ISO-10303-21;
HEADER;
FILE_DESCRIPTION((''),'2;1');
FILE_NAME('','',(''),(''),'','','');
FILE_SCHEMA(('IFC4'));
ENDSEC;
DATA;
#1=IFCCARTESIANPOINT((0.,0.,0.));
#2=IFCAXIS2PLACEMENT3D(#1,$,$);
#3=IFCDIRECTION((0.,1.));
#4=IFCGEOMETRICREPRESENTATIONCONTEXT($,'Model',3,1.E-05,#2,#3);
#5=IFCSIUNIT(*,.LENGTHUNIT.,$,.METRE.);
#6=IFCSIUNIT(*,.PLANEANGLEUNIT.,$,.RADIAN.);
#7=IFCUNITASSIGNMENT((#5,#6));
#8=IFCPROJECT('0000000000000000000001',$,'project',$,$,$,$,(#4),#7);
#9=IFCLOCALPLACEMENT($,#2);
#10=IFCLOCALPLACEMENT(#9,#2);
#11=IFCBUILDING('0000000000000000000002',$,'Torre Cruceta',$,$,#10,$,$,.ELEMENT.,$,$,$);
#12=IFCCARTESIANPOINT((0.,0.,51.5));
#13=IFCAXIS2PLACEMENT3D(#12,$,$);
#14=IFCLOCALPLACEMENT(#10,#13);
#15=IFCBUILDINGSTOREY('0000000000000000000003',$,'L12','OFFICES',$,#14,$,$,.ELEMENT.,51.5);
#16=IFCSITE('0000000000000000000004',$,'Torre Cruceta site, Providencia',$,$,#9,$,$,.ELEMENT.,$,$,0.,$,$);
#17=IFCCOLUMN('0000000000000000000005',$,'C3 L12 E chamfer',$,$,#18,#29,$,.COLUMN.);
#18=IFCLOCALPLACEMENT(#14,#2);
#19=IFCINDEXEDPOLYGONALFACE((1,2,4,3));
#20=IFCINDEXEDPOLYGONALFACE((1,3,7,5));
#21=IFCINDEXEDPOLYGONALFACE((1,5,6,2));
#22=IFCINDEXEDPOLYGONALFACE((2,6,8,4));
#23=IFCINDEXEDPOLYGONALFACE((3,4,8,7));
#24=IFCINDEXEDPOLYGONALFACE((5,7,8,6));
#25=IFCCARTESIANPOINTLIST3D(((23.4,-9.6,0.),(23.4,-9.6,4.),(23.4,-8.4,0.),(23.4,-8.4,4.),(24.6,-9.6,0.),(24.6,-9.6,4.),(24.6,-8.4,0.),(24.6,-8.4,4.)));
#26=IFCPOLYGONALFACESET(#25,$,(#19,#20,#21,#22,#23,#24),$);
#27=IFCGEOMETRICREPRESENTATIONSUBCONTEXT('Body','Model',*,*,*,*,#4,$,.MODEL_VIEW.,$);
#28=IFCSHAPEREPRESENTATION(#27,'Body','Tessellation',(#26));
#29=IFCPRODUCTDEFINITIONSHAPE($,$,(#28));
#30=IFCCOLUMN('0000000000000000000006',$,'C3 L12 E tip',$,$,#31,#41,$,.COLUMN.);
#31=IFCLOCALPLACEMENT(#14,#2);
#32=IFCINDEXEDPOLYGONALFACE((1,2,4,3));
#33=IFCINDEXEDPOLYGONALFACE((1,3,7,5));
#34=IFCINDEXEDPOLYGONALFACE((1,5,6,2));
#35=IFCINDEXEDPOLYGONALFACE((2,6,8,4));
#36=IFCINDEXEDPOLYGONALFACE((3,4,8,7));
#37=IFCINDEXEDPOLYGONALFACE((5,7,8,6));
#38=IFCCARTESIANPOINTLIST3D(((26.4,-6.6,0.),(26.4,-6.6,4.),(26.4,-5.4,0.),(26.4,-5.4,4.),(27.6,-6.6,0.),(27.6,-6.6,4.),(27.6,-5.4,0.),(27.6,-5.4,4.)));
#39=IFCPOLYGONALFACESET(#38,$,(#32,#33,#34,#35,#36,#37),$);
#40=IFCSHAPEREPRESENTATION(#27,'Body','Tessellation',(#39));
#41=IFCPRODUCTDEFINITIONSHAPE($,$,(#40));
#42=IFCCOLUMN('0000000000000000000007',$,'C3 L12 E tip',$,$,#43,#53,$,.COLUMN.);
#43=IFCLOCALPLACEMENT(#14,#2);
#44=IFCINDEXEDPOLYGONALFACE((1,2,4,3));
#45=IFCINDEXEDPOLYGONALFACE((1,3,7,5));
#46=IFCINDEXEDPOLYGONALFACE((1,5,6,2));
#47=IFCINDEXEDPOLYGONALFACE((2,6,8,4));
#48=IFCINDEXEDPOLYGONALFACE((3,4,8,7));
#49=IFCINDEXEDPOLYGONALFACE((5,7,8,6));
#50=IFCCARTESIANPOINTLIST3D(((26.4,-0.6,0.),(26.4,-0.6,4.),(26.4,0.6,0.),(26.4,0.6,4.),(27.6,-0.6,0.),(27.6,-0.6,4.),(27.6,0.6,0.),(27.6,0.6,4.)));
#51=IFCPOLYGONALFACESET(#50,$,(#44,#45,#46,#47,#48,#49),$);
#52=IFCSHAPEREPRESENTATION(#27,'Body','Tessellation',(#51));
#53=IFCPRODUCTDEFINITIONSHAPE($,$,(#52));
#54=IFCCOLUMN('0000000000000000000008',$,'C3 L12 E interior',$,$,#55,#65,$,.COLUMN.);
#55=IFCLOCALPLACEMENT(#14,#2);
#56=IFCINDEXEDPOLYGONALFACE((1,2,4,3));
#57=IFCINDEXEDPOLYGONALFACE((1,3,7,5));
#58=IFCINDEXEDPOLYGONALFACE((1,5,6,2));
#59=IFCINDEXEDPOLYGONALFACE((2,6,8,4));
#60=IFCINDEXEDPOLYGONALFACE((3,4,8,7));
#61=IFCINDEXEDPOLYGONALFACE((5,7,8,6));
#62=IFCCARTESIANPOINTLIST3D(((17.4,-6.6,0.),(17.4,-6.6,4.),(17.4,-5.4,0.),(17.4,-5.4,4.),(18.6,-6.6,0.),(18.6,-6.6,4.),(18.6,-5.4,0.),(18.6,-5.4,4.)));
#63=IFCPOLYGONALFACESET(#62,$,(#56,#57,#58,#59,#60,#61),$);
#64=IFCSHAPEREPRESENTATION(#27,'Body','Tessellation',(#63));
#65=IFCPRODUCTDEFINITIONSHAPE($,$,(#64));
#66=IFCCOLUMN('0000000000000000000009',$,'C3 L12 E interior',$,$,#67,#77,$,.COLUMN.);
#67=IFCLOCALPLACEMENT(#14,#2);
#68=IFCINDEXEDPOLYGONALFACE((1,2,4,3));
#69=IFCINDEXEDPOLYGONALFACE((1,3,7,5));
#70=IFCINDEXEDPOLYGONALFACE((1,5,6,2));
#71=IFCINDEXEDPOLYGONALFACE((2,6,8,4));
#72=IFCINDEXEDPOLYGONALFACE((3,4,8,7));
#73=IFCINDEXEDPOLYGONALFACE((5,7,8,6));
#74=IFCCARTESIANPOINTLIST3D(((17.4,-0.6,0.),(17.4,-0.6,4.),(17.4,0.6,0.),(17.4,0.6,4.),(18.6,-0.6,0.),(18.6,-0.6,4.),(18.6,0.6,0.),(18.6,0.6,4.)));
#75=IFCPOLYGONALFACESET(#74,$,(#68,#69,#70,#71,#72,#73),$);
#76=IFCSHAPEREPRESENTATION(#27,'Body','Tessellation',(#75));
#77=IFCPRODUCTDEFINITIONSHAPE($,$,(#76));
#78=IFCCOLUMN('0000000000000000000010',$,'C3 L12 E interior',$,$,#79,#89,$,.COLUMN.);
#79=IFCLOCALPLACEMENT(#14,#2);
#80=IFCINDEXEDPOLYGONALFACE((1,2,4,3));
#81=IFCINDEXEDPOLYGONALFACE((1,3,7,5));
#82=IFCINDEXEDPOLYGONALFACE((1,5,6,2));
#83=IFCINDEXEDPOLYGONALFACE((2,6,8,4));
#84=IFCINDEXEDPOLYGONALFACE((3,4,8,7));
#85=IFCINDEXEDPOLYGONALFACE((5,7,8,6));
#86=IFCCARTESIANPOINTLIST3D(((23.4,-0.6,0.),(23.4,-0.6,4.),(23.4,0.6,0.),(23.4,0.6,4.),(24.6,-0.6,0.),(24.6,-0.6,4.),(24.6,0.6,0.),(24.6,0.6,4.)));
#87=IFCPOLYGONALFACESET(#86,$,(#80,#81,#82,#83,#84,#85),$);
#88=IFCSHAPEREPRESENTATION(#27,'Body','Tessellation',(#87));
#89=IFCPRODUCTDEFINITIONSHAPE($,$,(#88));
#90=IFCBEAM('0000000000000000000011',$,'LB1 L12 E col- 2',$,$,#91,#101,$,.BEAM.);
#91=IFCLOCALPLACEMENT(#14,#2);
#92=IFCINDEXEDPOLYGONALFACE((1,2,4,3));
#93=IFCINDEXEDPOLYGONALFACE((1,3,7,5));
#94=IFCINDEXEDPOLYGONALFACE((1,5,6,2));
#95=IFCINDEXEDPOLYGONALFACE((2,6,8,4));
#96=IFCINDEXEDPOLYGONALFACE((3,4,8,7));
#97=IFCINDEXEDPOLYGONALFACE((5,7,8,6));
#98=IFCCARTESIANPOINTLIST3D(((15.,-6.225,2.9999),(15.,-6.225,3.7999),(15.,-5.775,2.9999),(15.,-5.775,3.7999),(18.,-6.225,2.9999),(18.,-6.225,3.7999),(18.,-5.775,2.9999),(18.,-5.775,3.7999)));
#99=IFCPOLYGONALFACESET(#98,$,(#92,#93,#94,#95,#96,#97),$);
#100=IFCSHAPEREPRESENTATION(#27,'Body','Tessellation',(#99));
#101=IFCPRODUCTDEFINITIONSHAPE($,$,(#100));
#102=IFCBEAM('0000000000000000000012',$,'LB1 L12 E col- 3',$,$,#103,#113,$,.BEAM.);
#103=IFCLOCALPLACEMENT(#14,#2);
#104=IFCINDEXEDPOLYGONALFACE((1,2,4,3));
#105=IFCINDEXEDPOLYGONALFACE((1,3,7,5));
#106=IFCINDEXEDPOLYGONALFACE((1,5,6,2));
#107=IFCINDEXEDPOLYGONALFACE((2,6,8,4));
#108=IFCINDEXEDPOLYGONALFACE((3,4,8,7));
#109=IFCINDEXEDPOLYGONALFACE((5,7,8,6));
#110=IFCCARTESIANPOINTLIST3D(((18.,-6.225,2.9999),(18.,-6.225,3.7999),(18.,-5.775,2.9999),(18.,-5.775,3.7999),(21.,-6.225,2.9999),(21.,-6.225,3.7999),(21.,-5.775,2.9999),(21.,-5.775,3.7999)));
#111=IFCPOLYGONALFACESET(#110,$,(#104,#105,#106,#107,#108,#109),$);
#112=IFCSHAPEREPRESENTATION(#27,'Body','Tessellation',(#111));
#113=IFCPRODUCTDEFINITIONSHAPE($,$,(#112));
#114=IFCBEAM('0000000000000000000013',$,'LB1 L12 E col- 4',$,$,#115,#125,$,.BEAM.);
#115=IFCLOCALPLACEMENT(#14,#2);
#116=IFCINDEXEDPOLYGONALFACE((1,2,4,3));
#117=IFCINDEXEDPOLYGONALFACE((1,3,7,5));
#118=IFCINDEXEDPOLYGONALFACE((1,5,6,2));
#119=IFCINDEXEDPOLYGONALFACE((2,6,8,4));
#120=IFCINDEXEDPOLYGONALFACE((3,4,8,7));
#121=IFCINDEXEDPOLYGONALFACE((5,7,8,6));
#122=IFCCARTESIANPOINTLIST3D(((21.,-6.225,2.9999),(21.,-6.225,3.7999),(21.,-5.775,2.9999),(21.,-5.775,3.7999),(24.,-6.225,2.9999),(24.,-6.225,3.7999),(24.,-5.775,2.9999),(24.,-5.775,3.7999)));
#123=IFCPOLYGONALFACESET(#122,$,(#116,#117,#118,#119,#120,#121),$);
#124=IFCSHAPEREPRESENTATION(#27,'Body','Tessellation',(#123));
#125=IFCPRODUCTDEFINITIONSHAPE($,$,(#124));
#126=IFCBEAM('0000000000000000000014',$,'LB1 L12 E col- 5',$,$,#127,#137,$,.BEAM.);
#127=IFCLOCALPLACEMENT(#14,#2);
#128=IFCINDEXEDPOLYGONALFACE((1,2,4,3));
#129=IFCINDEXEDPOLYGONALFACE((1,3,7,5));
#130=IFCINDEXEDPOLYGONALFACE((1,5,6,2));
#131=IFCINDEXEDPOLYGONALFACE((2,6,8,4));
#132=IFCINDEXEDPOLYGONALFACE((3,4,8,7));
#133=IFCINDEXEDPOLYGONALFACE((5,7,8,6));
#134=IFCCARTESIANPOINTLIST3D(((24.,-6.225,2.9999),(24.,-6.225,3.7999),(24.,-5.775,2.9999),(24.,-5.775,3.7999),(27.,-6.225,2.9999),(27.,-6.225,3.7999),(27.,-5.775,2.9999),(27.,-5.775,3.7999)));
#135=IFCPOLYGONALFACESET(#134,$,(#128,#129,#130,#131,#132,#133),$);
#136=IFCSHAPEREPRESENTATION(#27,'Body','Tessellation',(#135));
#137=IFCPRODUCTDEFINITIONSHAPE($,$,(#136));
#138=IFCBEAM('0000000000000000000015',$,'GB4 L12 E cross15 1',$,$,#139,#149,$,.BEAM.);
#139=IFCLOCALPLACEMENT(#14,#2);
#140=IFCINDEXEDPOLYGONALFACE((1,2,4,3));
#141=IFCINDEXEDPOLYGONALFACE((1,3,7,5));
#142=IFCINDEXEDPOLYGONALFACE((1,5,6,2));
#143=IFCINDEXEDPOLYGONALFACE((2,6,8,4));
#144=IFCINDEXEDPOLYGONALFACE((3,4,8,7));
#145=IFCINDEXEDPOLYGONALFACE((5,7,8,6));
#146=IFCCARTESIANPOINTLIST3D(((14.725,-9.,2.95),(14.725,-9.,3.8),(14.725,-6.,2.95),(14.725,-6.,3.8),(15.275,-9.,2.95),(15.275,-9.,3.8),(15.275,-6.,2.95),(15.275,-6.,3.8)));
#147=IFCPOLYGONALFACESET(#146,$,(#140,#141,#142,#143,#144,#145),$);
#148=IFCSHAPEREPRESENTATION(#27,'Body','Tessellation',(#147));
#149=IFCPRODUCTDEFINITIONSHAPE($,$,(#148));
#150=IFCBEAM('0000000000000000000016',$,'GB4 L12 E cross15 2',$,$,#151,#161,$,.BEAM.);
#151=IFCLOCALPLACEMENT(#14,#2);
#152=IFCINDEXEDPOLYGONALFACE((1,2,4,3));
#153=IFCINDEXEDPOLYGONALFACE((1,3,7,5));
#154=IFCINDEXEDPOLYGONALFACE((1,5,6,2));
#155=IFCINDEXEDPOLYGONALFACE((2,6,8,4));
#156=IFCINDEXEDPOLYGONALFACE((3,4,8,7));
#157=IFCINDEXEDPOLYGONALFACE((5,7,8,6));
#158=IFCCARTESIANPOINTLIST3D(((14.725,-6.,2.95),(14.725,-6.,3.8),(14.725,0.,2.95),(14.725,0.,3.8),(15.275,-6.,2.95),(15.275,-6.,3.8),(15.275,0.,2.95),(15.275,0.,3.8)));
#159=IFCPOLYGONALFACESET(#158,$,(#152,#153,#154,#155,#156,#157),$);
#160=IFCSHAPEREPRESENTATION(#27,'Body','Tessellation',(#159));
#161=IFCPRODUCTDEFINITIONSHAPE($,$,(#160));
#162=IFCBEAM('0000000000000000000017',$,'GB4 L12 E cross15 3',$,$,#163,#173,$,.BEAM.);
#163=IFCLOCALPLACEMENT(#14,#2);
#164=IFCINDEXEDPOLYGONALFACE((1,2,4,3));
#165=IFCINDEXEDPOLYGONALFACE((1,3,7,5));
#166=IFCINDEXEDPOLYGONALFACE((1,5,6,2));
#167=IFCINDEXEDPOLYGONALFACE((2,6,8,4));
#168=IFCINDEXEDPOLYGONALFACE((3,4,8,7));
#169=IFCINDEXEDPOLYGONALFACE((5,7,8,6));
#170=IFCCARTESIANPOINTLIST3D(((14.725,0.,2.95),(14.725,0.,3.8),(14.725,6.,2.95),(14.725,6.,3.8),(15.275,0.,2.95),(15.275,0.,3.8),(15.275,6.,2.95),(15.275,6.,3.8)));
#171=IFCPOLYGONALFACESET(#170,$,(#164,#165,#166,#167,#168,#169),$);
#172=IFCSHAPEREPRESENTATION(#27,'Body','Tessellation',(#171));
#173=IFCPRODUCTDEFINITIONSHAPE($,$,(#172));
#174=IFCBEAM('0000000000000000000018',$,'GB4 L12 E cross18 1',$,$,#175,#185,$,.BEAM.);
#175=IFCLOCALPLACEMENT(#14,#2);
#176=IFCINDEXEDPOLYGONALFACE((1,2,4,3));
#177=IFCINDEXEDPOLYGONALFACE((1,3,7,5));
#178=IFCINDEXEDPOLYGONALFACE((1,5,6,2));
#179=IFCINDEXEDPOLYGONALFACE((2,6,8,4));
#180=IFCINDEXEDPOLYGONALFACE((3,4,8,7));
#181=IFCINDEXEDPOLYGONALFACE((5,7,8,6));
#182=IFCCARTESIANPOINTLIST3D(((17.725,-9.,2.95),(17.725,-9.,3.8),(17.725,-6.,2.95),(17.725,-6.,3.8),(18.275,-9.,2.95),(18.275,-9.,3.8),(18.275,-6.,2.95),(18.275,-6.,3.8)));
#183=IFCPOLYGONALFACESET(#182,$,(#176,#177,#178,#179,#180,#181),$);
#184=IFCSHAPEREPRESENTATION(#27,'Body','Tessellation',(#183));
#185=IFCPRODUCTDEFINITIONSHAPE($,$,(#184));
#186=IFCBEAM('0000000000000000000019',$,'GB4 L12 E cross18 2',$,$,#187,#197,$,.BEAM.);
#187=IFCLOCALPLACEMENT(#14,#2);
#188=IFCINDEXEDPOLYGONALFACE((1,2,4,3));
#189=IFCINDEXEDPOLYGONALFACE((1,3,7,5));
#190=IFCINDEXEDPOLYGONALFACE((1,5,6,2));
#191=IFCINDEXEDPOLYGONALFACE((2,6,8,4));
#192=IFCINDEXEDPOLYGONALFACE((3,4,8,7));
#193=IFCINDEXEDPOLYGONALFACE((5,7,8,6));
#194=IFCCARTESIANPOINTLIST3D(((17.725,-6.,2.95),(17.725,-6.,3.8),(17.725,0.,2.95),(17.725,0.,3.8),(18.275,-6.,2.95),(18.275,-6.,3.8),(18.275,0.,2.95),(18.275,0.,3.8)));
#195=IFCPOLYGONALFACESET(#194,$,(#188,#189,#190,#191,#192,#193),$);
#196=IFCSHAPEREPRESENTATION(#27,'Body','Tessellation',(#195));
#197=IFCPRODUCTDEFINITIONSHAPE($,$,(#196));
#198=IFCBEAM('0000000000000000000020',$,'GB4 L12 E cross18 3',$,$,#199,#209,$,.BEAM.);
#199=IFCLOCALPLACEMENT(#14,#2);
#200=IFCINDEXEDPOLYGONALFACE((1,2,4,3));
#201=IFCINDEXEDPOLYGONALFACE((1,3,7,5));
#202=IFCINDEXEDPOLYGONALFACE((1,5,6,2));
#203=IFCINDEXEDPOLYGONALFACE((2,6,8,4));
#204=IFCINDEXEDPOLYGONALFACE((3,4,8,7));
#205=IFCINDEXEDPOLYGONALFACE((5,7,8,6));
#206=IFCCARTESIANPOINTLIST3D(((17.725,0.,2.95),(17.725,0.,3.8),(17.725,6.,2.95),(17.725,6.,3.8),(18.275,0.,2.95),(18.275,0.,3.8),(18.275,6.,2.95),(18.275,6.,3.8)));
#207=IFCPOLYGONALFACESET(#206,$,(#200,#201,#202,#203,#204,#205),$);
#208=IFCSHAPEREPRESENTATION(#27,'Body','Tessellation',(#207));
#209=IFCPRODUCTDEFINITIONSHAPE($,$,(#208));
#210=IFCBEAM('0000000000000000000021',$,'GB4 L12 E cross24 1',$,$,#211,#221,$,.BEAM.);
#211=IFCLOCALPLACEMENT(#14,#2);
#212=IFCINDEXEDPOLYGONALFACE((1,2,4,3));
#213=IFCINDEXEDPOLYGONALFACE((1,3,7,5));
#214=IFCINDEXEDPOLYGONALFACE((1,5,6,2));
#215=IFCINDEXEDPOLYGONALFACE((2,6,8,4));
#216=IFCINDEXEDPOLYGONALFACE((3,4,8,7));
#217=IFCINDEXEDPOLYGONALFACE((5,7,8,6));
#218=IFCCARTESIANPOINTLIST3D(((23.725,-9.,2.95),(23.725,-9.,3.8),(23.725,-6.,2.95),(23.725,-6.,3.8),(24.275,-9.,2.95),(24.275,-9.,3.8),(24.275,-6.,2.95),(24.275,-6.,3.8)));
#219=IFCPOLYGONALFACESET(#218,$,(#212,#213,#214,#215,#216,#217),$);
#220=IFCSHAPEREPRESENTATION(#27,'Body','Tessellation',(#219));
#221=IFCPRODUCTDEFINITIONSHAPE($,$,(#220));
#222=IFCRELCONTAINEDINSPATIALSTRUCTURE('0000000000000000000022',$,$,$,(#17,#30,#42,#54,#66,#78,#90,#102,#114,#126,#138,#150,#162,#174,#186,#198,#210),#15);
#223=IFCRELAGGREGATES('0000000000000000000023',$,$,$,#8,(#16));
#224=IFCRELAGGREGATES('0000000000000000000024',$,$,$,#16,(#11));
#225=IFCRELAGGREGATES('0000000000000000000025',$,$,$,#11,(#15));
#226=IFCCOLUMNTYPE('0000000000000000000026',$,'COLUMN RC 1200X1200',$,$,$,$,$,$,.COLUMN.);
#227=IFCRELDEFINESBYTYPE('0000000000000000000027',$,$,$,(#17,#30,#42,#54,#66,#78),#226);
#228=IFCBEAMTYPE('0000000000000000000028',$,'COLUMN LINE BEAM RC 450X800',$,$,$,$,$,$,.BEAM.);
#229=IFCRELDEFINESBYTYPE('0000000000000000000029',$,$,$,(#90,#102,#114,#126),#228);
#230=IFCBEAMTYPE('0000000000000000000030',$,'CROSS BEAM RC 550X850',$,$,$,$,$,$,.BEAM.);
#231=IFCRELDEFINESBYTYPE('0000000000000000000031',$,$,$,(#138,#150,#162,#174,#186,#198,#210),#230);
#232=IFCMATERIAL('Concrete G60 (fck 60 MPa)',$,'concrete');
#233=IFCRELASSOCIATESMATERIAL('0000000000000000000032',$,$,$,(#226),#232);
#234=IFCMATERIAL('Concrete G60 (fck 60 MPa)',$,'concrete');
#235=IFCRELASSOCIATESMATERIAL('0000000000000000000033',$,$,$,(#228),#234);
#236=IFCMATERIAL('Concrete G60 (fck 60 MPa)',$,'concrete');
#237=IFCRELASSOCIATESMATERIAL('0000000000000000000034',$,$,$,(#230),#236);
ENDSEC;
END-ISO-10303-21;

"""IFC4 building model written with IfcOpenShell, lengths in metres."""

from ifc_helpers import new_model, si_unit, direction, frame, origin, origin_2d, place, context, subcontext, project, spatial, rectangle, extrude, material, material_profile, profile_set, type_object, element, save


model = new_model("IFC4")

# Units and contexts
model_context = context("Model", 3, precision=1e-05, world=origin(), true_north=direction((0.0, 1.0)))
body_context = subcontext(model_context, "Body", "Model", "MODEL_VIEW")
ifc_project = project(units=[si_unit("LENGTHUNIT", "METRE"), si_unit("PLANEANGLEUNIT", "RADIAN")], contexts=[model_context])

# Site, building, storey
site_placement = place(None, origin())
site = spatial("IfcSite", under=ifc_project, at=site_placement, Name="Torre Cruceta site, Providencia", CompositionType="ELEMENT", RefElevation=0.0)
building_placement = place(site_placement, origin())
building = spatial("IfcBuilding", under=site, at=building_placement, Name="Torre Cruceta", CompositionType="ELEMENT")
storey_placement = place(building_placement, frame((0.0, 0.0, 51.5)))
storey = spatial("IfcBuildingStorey", under=building, at=storey_placement, Name="L12", Description="OFFICES", CompositionType="ELEMENT", Elevation=51.5)

# Columns
ifc_material_1 = material(Name="Concrete G60 (fck 60 MPa)", Category="concrete")
ifc_material_profile_1 = material_profile(ifc_material_1, rectangle(XDim=1.2, YDim=1.2, at=origin_2d()), Name="RC 1200X1200")
ifc_profile_set_1 = profile_set([ifc_material_profile_1], Name="Concrete G60 (fck 60 MPa)")
column_type = type_object("IfcColumnType", Name="COLUMN RC 1200X1200", PredefinedType="COLUMN", material=ifc_profile_set_1)
for number, where, z_axis, x_axis, name in (
    (1, (24.0, -9.0, 0.0), (0.0, 0.0, 1.0), (1.0, 0.0, 0.0), "C3 L12 E chamfer"),
    (2, (27.0, -6.0, 0.0), (0.0, 0.0, 1.0), (1.0, 0.0, 0.0), "C3 L12 E tip"),
    (3, (27.0, 0.0, 0.0), (0.0, 0.0, 1.0), (1.0, 0.0, 0.0), "C3 L12 E tip"),
    (4, (18.0, -6.0, 0.0), (0.0, 0.0, 1.0), (1.0, 0.0, 0.0), "C3 L12 E interior"),
    (5, (18.0, 0.0, 0.0), (0.0, 0.0, 1.0), (1.0, 0.0, 0.0), "C3 L12 E interior"),
    (6, (24.0, 0.0, 0.0), (0.0, 0.0, 1.0), (1.0, 0.0, 0.0), "C3 L12 E interior"),
):
    element("IfcColumn", number, at=place(storey_placement, frame(where, z_axis=z_axis, x_axis=x_axis)), inside=storey, type_object=column_type, Name=name, PredefinedType="COLUMN", context=body_context, shape_type="SweptSolid", body=[
        extrude(rectangle(XDim=1.2, YDim=1.2, at=origin_2d()), origin(), (0.0, 0.0, 1.0), 4.0),
    ])

# Beams
ifc_material_2 = material(Name="Concrete G60 (fck 60 MPa)", Category="concrete")
ifc_material_profile_2 = material_profile(ifc_material_2, rectangle(XDim=0.45, YDim=0.8, at=origin_2d()), Name="RC 450X800")
ifc_profile_set_2 = profile_set([ifc_material_profile_2], Name="Concrete G60 (fck 60 MPa)")
beam_type_1 = type_object("IfcBeamType", Name="COLUMN LINE BEAM RC 450X800", PredefinedType="BEAM", material=ifc_profile_set_2)
for number, where, z_axis, x_axis, name in (
    (7, (15.0, -6.0, 3.3999), (1.0, 0.0, 0.0), (0.0, 1.0, 0.0), "LB1 L12 E col- 2"),
    (8, (18.0, -6.0, 3.3999), (1.0, 0.0, 0.0), (0.0, 1.0, 0.0), "LB1 L12 E col- 3"),
    (9, (21.0, -6.0, 3.3999), (1.0, 0.0, 0.0), (0.0, 1.0, 0.0), "LB1 L12 E col- 4"),
    (10, (24.0, -6.0, 3.3999), (1.0, 0.0, 0.0), (0.0, 1.0, 0.0), "LB1 L12 E col- 5"),
):
    element("IfcBeam", number, at=place(storey_placement, frame(where, z_axis=z_axis, x_axis=x_axis)), inside=storey, type_object=beam_type_1, Name=name, PredefinedType="BEAM", context=body_context, shape_type="SweptSolid", body=[
        extrude(rectangle(XDim=0.45, YDim=0.8, at=origin_2d()), origin(), (0.0, 0.0, 1.0), 3.0),
    ])
ifc_material_3 = material(Name="Concrete G60 (fck 60 MPa)", Category="concrete")
ifc_material_profile_3 = material_profile(ifc_material_3, rectangle(XDim=0.55, YDim=0.8501, at=origin_2d()), Name="RC 550X850")
ifc_profile_set_3 = profile_set([ifc_material_profile_3], Name="Concrete G60 (fck 60 MPa)")
beam_type_2 = type_object("IfcBeamType", Name="CROSS BEAM RC 550X850", PredefinedType="BEAM", material=ifc_profile_set_3)
beam_1_placement = place(storey_placement, frame((15.0, -9.0, 3.375), z_axis=(0.0, 1.0, 0.0), x_axis=(-1.0, 0.0, 0.0)))
element("IfcBeam", 11, at=beam_1_placement, inside=storey, type_object=beam_type_2, Name="GB4 L12 E cross15 1", PredefinedType="BEAM", context=body_context, shape_type="SweptSolid", body=[
    extrude(rectangle(XDim=0.55, YDim=0.8501, at=origin_2d()), origin(), (0.0, 0.0, 1.0), 3.0),
])
for number, where, z_axis, x_axis, name in (
    (12, (15.0, -6.0, 3.375), (0.0, 1.0, 0.0), (-1.0, 0.0, 0.0), "GB4 L12 E cross15 2"),
    (13, (15.0, 0.0, 3.375), (0.0, 1.0, 0.0), (-1.0, 0.0, 0.0), "GB4 L12 E cross15 3"),
):
    element("IfcBeam", number, at=place(storey_placement, frame(where, z_axis=z_axis, x_axis=x_axis)), inside=storey, type_object=beam_type_2, Name=name, PredefinedType="BEAM", context=body_context, shape_type="SweptSolid", body=[
        extrude(rectangle(XDim=0.55, YDim=0.8501, at=origin_2d()), origin(), (0.0, 0.0, 1.0), 6.0),
    ])
beam_2_placement = place(storey_placement, frame((18.0, -9.0, 3.375), z_axis=(0.0, 1.0, 0.0), x_axis=(-1.0, 0.0, 0.0)))
element("IfcBeam", 14, at=beam_2_placement, inside=storey, type_object=beam_type_2, Name="GB4 L12 E cross18 1", PredefinedType="BEAM", context=body_context, shape_type="SweptSolid", body=[
    extrude(rectangle(XDim=0.55, YDim=0.8501, at=origin_2d()), origin(), (0.0, 0.0, 1.0), 3.0),
])
for number, where, z_axis, x_axis, name in (
    (15, (18.0, -6.0, 3.375), (0.0, 1.0, 0.0), (-1.0, 0.0, 0.0), "GB4 L12 E cross18 2"),
    (16, (18.0, 0.0, 3.375), (0.0, 1.0, 0.0), (-1.0, 0.0, 0.0), "GB4 L12 E cross18 3"),
):
    element("IfcBeam", number, at=place(storey_placement, frame(where, z_axis=z_axis, x_axis=x_axis)), inside=storey, type_object=beam_type_2, Name=name, PredefinedType="BEAM", context=body_context, shape_type="SweptSolid", body=[
        extrude(rectangle(XDim=0.55, YDim=0.8501, at=origin_2d()), origin(), (0.0, 0.0, 1.0), 6.0),
    ])
beam_3_placement = place(storey_placement, frame((24.0, -9.0, 3.375), z_axis=(0.0, 1.0, 0.0), x_axis=(-1.0, 0.0, 0.0)))
element("IfcBeam", 17, at=beam_3_placement, inside=storey, type_object=beam_type_2, Name="GB4 L12 E cross24 1", PredefinedType="BEAM", context=body_context, shape_type="SweptSolid", body=[
    extrude(rectangle(XDim=0.55, YDim=0.8501, at=origin_2d()), origin(), (0.0, 0.0, 1.0), 3.0),
])

save(model, "model.ifc")
